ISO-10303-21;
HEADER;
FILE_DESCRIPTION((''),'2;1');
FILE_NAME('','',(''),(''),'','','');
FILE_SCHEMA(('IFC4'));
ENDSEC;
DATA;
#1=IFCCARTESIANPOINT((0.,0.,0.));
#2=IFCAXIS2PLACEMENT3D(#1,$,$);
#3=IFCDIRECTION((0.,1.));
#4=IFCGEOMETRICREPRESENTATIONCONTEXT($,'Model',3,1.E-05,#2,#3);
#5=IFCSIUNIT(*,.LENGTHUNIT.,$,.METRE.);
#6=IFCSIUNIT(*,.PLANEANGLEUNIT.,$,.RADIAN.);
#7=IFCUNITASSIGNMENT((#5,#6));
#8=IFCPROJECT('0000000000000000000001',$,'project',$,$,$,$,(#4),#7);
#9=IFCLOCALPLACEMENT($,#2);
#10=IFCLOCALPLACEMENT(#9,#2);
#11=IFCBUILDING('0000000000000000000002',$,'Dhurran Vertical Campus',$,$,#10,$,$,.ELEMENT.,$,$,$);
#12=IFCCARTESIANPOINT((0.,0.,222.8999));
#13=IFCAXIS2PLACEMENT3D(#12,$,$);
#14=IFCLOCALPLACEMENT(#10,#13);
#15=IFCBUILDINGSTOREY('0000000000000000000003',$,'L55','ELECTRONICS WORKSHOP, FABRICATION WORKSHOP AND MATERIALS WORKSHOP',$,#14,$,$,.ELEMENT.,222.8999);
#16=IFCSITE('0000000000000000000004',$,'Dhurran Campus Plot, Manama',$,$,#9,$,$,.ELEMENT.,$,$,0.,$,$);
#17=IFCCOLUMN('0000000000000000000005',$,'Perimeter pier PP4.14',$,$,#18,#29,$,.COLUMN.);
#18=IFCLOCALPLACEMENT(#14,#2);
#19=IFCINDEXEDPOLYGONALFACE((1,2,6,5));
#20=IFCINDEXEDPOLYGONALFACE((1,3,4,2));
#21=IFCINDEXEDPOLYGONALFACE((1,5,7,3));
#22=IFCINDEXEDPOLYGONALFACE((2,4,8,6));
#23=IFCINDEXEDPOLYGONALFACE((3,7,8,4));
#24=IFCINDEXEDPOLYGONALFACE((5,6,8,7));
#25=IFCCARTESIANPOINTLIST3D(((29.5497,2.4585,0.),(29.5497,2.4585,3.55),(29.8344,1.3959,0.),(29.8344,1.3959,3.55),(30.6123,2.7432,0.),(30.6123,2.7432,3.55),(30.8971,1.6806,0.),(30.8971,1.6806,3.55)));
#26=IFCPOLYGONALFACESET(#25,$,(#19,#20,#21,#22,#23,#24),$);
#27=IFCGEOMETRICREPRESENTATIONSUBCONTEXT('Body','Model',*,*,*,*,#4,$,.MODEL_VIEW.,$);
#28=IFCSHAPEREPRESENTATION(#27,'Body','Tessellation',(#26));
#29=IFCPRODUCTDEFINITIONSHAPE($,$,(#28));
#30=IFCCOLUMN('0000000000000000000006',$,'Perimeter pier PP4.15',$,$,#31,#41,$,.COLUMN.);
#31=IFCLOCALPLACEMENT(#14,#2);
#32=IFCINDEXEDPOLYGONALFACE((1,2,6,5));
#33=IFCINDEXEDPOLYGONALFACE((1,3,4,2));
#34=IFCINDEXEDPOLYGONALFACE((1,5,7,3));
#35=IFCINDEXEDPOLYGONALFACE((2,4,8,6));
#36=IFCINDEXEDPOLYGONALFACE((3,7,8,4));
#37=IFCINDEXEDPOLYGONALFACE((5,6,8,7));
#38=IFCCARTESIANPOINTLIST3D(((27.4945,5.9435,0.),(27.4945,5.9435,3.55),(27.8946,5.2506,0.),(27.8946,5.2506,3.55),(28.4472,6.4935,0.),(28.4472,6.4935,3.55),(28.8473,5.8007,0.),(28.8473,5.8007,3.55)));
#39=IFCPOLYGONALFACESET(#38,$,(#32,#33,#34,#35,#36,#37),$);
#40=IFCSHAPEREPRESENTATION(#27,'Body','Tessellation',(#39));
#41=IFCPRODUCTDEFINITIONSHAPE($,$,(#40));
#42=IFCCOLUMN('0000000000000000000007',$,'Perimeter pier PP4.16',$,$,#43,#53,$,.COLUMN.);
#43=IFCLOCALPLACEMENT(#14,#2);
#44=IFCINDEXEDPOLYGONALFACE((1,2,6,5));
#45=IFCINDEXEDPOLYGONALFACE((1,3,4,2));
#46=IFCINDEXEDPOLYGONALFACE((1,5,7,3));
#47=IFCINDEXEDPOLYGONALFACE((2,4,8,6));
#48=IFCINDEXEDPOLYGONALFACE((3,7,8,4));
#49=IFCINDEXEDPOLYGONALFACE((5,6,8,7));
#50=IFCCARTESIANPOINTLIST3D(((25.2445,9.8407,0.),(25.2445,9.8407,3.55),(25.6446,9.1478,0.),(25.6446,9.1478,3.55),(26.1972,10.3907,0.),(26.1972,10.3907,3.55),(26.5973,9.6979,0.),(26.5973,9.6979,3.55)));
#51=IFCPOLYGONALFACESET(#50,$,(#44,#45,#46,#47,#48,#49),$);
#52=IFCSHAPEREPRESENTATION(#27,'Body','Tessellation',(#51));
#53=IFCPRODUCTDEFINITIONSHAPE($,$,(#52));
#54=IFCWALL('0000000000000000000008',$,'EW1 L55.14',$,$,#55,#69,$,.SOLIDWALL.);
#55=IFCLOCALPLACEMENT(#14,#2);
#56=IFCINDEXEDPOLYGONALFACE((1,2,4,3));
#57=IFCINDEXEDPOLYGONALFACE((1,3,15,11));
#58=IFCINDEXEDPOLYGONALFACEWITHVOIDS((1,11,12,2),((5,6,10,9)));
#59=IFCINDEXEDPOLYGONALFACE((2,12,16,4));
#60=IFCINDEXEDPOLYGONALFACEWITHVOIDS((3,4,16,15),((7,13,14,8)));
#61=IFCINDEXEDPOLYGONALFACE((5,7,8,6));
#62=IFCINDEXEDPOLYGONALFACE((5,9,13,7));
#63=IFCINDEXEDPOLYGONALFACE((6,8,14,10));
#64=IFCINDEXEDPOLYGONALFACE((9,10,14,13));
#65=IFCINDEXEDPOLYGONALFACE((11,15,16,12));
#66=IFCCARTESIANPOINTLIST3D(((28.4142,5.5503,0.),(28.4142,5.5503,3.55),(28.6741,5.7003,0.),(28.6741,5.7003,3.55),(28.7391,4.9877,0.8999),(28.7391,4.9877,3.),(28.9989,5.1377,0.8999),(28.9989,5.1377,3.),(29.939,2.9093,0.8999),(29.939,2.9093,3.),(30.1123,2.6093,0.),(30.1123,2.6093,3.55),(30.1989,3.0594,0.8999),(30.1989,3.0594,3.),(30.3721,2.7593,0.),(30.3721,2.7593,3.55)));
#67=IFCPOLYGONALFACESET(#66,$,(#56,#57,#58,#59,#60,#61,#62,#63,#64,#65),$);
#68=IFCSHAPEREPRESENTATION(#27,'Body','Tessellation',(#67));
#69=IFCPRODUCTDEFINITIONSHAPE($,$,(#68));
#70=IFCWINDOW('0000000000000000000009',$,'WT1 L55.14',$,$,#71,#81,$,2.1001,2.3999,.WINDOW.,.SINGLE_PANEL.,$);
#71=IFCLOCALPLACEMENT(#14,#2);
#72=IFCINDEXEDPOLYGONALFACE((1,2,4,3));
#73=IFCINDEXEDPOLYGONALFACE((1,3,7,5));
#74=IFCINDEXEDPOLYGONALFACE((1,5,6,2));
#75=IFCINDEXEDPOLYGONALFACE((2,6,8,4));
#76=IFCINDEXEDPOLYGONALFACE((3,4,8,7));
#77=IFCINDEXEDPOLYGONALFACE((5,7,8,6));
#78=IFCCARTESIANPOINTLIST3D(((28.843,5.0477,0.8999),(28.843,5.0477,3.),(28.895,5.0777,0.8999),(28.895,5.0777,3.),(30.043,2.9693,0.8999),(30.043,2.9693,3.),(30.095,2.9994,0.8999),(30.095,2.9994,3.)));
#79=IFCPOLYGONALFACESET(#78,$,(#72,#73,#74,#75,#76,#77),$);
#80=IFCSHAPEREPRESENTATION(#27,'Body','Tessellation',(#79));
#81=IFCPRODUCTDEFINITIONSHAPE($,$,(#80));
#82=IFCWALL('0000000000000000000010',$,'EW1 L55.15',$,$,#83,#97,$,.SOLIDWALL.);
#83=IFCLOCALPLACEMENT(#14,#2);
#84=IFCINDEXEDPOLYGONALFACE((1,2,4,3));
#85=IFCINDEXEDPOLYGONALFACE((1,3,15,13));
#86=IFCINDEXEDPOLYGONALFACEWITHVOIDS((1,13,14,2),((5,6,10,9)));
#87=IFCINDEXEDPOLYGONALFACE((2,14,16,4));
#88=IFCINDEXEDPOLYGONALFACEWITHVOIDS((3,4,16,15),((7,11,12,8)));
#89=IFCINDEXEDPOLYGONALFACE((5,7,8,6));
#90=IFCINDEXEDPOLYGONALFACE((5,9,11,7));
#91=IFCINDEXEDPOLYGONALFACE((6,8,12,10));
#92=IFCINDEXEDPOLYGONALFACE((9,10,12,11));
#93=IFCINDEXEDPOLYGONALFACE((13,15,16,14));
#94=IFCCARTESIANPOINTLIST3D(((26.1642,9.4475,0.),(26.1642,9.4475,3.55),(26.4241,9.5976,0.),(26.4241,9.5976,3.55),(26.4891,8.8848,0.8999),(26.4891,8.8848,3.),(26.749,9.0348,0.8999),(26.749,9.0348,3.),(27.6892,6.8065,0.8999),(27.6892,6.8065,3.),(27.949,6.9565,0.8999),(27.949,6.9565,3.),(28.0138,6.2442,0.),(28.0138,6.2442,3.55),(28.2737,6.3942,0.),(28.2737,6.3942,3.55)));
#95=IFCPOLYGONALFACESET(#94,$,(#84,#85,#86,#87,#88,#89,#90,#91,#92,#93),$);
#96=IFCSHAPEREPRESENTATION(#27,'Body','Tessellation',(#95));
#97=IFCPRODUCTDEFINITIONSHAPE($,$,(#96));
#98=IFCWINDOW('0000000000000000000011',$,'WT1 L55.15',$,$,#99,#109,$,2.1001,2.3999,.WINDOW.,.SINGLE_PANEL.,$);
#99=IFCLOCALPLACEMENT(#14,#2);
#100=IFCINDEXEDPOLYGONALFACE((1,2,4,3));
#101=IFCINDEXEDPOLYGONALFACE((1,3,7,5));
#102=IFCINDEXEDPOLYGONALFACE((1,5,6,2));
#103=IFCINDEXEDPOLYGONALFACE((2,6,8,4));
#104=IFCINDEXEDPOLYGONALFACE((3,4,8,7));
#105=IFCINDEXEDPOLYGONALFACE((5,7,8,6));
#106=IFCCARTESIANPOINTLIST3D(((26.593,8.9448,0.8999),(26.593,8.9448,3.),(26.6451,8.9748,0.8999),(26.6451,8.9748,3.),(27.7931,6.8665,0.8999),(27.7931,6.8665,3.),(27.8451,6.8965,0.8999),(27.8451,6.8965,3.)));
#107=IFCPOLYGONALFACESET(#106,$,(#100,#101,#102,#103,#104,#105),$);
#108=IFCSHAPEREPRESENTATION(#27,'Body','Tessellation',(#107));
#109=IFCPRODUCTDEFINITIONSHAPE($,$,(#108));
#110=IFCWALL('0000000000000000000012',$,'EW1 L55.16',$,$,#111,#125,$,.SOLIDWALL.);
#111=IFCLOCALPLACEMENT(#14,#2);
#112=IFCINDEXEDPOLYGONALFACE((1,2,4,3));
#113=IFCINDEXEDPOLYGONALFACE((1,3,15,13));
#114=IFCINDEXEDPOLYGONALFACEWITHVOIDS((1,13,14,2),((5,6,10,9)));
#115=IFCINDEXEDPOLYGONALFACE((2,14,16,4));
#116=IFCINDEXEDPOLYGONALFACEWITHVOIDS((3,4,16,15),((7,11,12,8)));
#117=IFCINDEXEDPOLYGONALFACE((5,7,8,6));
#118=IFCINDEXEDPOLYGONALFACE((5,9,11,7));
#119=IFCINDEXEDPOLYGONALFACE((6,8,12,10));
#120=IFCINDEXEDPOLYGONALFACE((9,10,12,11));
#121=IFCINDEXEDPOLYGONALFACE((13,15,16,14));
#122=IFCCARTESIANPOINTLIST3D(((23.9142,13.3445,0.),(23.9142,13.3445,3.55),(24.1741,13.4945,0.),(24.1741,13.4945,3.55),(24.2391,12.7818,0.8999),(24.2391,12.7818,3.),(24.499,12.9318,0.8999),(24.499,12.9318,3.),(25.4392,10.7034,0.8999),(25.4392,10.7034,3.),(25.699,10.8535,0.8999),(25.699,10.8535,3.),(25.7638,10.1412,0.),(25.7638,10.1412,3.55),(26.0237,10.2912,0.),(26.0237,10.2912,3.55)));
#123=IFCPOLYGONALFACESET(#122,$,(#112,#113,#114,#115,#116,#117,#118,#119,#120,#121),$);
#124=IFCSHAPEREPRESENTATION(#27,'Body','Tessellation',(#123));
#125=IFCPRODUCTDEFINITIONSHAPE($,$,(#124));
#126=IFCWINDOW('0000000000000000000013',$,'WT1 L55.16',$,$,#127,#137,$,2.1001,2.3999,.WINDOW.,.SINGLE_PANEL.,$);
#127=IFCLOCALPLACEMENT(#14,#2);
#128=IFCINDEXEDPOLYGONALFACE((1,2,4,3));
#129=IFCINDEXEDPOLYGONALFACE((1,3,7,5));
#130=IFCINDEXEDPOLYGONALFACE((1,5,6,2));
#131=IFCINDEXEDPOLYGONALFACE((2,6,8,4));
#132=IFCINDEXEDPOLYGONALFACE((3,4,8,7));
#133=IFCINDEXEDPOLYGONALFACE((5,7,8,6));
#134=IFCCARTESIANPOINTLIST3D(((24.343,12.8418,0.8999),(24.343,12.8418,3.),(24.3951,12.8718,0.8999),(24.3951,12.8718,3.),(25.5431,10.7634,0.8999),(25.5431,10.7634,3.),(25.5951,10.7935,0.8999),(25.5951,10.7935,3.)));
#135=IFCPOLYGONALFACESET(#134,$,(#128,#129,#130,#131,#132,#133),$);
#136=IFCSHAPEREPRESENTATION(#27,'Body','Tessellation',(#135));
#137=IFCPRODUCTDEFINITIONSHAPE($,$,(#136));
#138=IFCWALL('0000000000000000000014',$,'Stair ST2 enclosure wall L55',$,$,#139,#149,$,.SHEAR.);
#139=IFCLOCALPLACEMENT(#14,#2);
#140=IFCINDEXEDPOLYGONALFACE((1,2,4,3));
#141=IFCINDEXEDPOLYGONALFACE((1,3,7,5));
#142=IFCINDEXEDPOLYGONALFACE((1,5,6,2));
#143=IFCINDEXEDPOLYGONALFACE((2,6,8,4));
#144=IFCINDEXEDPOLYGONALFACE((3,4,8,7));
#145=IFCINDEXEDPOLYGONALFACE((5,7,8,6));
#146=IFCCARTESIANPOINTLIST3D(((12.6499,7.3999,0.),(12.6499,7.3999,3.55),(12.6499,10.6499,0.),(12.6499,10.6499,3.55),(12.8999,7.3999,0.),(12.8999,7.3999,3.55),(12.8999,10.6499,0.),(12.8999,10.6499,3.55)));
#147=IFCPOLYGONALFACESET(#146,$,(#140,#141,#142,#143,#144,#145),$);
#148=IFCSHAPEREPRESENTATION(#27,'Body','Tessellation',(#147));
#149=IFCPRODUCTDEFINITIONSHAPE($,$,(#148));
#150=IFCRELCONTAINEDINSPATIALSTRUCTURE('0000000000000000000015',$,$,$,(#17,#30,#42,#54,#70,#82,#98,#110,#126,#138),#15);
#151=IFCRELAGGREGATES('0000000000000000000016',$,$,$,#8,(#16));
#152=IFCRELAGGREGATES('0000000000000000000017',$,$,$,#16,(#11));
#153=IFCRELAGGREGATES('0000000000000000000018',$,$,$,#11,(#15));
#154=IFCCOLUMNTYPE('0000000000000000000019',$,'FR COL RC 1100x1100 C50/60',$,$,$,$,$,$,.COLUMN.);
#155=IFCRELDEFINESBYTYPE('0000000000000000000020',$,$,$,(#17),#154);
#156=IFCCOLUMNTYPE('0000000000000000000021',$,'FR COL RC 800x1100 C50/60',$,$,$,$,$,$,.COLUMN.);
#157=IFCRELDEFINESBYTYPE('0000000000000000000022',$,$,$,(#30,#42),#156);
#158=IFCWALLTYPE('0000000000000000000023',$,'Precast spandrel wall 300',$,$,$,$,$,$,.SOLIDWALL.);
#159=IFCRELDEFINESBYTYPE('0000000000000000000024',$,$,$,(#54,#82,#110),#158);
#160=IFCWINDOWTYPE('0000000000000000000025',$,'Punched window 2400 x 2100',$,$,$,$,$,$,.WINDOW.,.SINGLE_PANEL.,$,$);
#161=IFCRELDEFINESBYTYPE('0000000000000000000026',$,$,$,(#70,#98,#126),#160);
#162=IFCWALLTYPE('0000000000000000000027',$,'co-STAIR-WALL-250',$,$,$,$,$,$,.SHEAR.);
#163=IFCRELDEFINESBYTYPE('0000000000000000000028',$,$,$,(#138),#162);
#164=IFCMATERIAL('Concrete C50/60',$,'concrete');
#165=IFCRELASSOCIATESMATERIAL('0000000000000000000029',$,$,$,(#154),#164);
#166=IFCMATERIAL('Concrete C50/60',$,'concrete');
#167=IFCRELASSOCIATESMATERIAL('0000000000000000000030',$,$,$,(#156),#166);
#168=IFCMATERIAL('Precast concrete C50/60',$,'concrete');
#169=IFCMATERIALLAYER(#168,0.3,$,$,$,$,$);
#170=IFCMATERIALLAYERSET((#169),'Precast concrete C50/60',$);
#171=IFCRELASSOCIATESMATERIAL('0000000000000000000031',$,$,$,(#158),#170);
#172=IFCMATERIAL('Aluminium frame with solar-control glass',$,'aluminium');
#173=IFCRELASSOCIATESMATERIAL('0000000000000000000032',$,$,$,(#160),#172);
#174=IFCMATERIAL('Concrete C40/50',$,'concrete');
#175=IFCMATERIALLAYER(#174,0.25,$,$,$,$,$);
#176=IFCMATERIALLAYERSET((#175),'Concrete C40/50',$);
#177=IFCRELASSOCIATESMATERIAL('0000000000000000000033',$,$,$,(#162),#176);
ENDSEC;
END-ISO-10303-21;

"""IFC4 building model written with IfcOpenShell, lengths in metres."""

from ifc_helpers import new_model, si_unit, direction, frame, frame_2d, origin, origin_2d, place, context, subcontext, project, spatial, rectangle, extrude, material, layer, layer_set, material_profile, profile_set, type_object, element, fill, save


model = new_model("IFC4")

# Units and contexts
model_context = context("Model", 3, precision=1e-05, world=origin(), true_north=direction((0.0, 1.0)))
body_context = subcontext(model_context, "Body", "Model", "MODEL_VIEW")
ifc_project = project(units=[si_unit("LENGTHUNIT", "METRE"), si_unit("PLANEANGLEUNIT", "RADIAN")], contexts=[model_context])

# Site, building, storey
site_placement = place(None, origin())
site = spatial("IfcSite", under=ifc_project, at=site_placement, Name="Dhurran Campus Plot, Manama", CompositionType="ELEMENT", RefElevation=0.0)
building_placement = place(site_placement, origin())
building = spatial("IfcBuilding", under=site, at=building_placement, Name="Dhurran Vertical Campus", CompositionType="ELEMENT")
storey_placement = place(building_placement, frame((0.0, 0.0, 222.8999)))
storey = spatial("IfcBuildingStorey", under=building, at=storey_placement, Name="L55", Description="ELECTRONICS WORKSHOP, FABRICATION WORKSHOP AND MATERIALS WORKSHOP", CompositionType="ELEMENT", Elevation=222.8999)

# Columns
ifc_material_1 = material(Name="Concrete C50/60", Category="concrete")
ifc_material_profile_1 = material_profile(ifc_material_1, rectangle(XDim=1.1001, YDim=1.1001, at=origin_2d()), Name="RC 1100x1100")
ifc_profile_set_1 = profile_set([ifc_material_profile_1], Name="Concrete C50/60")
column_type_1 = type_object("IfcColumnType", Name="FR COL RC 1100x1100 C50/60", PredefinedType="COLUMN", material=ifc_profile_set_1)
column_placement = place(storey_placement, frame((30.2234, 2.0696, 0.0), z_axis=(0.0, 0.0, 1.0), x_axis=(-0.258819, 0.965926, 0.0)))
element("IfcColumn", 1, at=column_placement, inside=storey, type_object=column_type_1, Name="Perimeter pier PP4.14", PredefinedType="COLUMN", context=body_context, shape_type="SweptSolid", body=[
    extrude(rectangle(XDim=1.1001, YDim=1.1001, at=origin_2d()), origin(), (0.0, 0.0, 1.0), 3.55),
])
ifc_material_2 = material(Name="Concrete C50/60", Category="concrete")
ifc_material_profile_2 = material_profile(ifc_material_2, rectangle(XDim=0.8, YDim=1.1001, at=origin_2d()), Name="RC 800x1100")
ifc_profile_set_2 = profile_set([ifc_material_profile_2], Name="Concrete C50/60")
column_type_2 = type_object("IfcColumnType", Name="FR COL RC 800x1100 C50/60", PredefinedType="COLUMN", material=ifc_profile_set_2)
for number, where, z_axis, x_axis, name in (
    (2, (28.1709, 5.8721, 0.0), (0.0, 0.0, 1.0), (-0.5, 0.866025, 0.0), "Perimeter pier PP4.15"),
    (3, (25.9209, 9.7693, 0.0), (0.0, 0.0, 1.0), (-0.5, 0.866025, 0.0), "Perimeter pier PP4.16"),
):
    element("IfcColumn", number, at=place(storey_placement, frame(where, z_axis=z_axis, x_axis=x_axis)), inside=storey, type_object=column_type_2, Name=name, PredefinedType="COLUMN", context=body_context, shape_type="SweptSolid", body=[
        extrude(rectangle(XDim=0.8, YDim=1.1001, at=origin_2d()), origin(), (0.0, 0.0, 1.0), 3.55),
    ])

# Walls, openings, windows
ifc_material_3 = material(Name="Precast concrete C50/60", Category="concrete")
ifc_layer_1 = layer(ifc_material_3, 0.3)
ifc_layer_set_1 = layer_set([ifc_layer_1], Name="Precast concrete C50/60")
wall_type_1 = type_object("IfcWallType", Name="Precast spandrel wall 300", PredefinedType="SOLIDWALL", material=ifc_layer_set_1)
wall_1_placement = place(storey_placement, frame((30.2422, 2.6843, 0.0), z_axis=(0.0, 0.0, 1.0), x_axis=(-0.500013, 0.866018, 0.0)))
wall_1 = element("IfcWall", 4, at=wall_1_placement, inside=storey, type_object=wall_type_1, Name="EW1 L55.14", PredefinedType="SOLIDWALL", context=body_context, shape_type="SweptSolid", body=[
    extrude(rectangle(XDim=3.396, YDim=0.3, at=frame_2d((1.698, 0.0))), origin(), (0.0, 0.0, 1.0), 3.55),
])
opening_1_placement = place(wall_1_placement, frame((0.3464, 0.0, 0.8999)))
opening_1 = element("IfcOpeningElement", 5, at=opening_1_placement, cuts=wall_1, PredefinedType="OPENING", context=body_context, shape_type="SweptSolid", body=[
    extrude(rectangle(XDim=2.3999, YDim=2.1001, at=frame_2d((1.2, 1.05))), frame((0.0, 0.1599, 0.0), z_axis=(0.0, -1.0, 0.0), x_axis=(1.0, 0.0, 0.0)), (0.0, 0.0, 1.0), 0.3201),
])
ifc_material_4 = material(Name="Aluminium frame with solar-control glass", Category="aluminium")
window_type = type_object("IfcWindowType", Name="Punched window 2400 x 2100", PartitioningType="SINGLE_PANEL", PredefinedType="WINDOW", material=ifc_material_4)
window_1_placement = place(opening_1_placement, origin())
window_1 = element("IfcWindow", 6, at=window_1_placement, inside=storey, type_object=window_type, Name="WT1 L55.14", OverallHeight=2.1001, OverallWidth=2.3999, PartitioningType="SINGLE_PANEL", PredefinedType="WINDOW", context=body_context, shape_type="SweptSolid", body=[
    extrude(rectangle(XDim=2.3999, YDim=2.1001, at=frame_2d((1.2, 1.05))), frame((0.0, 0.03, 0.0), z_axis=(0.0, -1.0, 0.0), x_axis=(1.0, 0.0, 0.0)), (0.0, 0.0, 1.0), 0.0601),
])
fill(opening_1, window_1)
wall_2_placement = place(storey_placement, frame((28.1438, 6.3191, 0.0), z_axis=(0.0, 0.0, 1.0), x_axis=(-0.500029, 0.866009, 0.0)))
wall_2 = element("IfcWall", 7, at=wall_2_placement, inside=storey, type_object=wall_type_1, Name="EW1 L55.15", PredefinedType="SOLIDWALL", context=body_context, shape_type="SweptSolid", body=[
    extrude(rectangle(XDim=3.699, YDim=0.3, at=frame_2d((1.8496, 0.0))), origin(), (0.0, 0.0, 1.0), 3.55),
])
opening_2_placement = place(wall_2_placement, frame((0.6494, 0.0, 0.8999)))
opening_2 = element("IfcOpeningElement", 8, at=opening_2_placement, cuts=wall_2, PredefinedType="OPENING", context=body_context, shape_type="SweptSolid", body=[
    extrude(rectangle(XDim=2.3999, YDim=2.1001, at=frame_2d((1.2, 1.05))), frame((0.0, 0.1599, 0.0), z_axis=(0.0, -1.0, 0.0), x_axis=(1.0, 0.0, 0.0)), (0.0, 0.0, 1.0), 0.3201),
])
window_2_placement = place(opening_2_placement, origin())
window_2 = element("IfcWindow", 9, at=window_2_placement, inside=storey, type_object=window_type, Name="WT1 L55.15", OverallHeight=2.1001, OverallWidth=2.3999, PartitioningType="SINGLE_PANEL", PredefinedType="WINDOW", context=body_context, shape_type="SweptSolid", body=[
    extrude(rectangle(XDim=2.3999, YDim=2.1001, at=frame_2d((1.2, 1.05))), frame((0.0, 0.03, 0.0), z_axis=(0.0, -1.0, 0.0), x_axis=(1.0, 0.0, 0.0)), (0.0, 0.0, 1.0), 0.0601),
])
fill(opening_2, window_2)
wall_3_placement = place(storey_placement, frame((25.8938, 10.2161, 0.0), z_axis=(0.0, 0.0, 1.0), x_axis=(-0.500029, 0.866009, 0.0)))
wall_3 = element("IfcWall", 10, at=wall_3_placement, inside=storey, type_object=wall_type_1, Name="EW1 L55.16", PredefinedType="SOLIDWALL", context=body_context, shape_type="SweptSolid", body=[
    extrude(rectangle(XDim=3.699, YDim=0.3, at=frame_2d((1.8496, 0.0))), origin(), (0.0, 0.0, 1.0), 3.55),
])
opening_3_placement = place(wall_3_placement, frame((0.6494, 0.0, 0.8999)))
opening_3 = element("IfcOpeningElement", 11, at=opening_3_placement, cuts=wall_3, PredefinedType="OPENING", context=body_context, shape_type="SweptSolid", body=[
    extrude(rectangle(XDim=2.3999, YDim=2.1001, at=frame_2d((1.2, 1.05))), frame((0.0, 0.1599, 0.0), z_axis=(0.0, -1.0, 0.0), x_axis=(1.0, 0.0, 0.0)), (0.0, 0.0, 1.0), 0.3201),
])
window_3_placement = place(opening_3_placement, origin())
window_3 = element("IfcWindow", 12, at=window_3_placement, inside=storey, type_object=window_type, Name="WT1 L55.16", OverallHeight=2.1001, OverallWidth=2.3999, PartitioningType="SINGLE_PANEL", PredefinedType="WINDOW", context=body_context, shape_type="SweptSolid", body=[
    extrude(rectangle(XDim=2.3999, YDim=2.1001, at=frame_2d((1.2, 1.05))), frame((0.0, 0.03, 0.0), z_axis=(0.0, -1.0, 0.0), x_axis=(1.0, 0.0, 0.0)), (0.0, 0.0, 1.0), 0.0601),
])
fill(opening_3, window_3)

# Wall
ifc_material_5 = material(Name="Concrete C40/50", Category="concrete")
ifc_layer_2 = layer(ifc_material_5, 0.25)
ifc_layer_set_2 = layer_set([ifc_layer_2], Name="Concrete C40/50")
wall_type_2 = type_object("IfcWallType", Name="co-STAIR-WALL-250", PredefinedType="SHEAR", material=ifc_layer_set_2)
wall_4_placement = place(storey_placement, frame((12.7749, 7.3999, 0.0), z_axis=(0.0, 0.0, 1.0), x_axis=(0.0, 1.0, 0.0)))
element("IfcWall", 13, at=wall_4_placement, inside=storey, type_object=wall_type_2, Name="Stair ST2 enclosure wall L55", PredefinedType="SHEAR", context=body_context, shape_type="SweptSolid", body=[
    extrude(rectangle(XDim=3.25, YDim=0.25, at=frame_2d((1.625, 0.0))), origin(), (0.0, 0.0, 1.0), 3.55),
])

save(model, "model.ifc")
